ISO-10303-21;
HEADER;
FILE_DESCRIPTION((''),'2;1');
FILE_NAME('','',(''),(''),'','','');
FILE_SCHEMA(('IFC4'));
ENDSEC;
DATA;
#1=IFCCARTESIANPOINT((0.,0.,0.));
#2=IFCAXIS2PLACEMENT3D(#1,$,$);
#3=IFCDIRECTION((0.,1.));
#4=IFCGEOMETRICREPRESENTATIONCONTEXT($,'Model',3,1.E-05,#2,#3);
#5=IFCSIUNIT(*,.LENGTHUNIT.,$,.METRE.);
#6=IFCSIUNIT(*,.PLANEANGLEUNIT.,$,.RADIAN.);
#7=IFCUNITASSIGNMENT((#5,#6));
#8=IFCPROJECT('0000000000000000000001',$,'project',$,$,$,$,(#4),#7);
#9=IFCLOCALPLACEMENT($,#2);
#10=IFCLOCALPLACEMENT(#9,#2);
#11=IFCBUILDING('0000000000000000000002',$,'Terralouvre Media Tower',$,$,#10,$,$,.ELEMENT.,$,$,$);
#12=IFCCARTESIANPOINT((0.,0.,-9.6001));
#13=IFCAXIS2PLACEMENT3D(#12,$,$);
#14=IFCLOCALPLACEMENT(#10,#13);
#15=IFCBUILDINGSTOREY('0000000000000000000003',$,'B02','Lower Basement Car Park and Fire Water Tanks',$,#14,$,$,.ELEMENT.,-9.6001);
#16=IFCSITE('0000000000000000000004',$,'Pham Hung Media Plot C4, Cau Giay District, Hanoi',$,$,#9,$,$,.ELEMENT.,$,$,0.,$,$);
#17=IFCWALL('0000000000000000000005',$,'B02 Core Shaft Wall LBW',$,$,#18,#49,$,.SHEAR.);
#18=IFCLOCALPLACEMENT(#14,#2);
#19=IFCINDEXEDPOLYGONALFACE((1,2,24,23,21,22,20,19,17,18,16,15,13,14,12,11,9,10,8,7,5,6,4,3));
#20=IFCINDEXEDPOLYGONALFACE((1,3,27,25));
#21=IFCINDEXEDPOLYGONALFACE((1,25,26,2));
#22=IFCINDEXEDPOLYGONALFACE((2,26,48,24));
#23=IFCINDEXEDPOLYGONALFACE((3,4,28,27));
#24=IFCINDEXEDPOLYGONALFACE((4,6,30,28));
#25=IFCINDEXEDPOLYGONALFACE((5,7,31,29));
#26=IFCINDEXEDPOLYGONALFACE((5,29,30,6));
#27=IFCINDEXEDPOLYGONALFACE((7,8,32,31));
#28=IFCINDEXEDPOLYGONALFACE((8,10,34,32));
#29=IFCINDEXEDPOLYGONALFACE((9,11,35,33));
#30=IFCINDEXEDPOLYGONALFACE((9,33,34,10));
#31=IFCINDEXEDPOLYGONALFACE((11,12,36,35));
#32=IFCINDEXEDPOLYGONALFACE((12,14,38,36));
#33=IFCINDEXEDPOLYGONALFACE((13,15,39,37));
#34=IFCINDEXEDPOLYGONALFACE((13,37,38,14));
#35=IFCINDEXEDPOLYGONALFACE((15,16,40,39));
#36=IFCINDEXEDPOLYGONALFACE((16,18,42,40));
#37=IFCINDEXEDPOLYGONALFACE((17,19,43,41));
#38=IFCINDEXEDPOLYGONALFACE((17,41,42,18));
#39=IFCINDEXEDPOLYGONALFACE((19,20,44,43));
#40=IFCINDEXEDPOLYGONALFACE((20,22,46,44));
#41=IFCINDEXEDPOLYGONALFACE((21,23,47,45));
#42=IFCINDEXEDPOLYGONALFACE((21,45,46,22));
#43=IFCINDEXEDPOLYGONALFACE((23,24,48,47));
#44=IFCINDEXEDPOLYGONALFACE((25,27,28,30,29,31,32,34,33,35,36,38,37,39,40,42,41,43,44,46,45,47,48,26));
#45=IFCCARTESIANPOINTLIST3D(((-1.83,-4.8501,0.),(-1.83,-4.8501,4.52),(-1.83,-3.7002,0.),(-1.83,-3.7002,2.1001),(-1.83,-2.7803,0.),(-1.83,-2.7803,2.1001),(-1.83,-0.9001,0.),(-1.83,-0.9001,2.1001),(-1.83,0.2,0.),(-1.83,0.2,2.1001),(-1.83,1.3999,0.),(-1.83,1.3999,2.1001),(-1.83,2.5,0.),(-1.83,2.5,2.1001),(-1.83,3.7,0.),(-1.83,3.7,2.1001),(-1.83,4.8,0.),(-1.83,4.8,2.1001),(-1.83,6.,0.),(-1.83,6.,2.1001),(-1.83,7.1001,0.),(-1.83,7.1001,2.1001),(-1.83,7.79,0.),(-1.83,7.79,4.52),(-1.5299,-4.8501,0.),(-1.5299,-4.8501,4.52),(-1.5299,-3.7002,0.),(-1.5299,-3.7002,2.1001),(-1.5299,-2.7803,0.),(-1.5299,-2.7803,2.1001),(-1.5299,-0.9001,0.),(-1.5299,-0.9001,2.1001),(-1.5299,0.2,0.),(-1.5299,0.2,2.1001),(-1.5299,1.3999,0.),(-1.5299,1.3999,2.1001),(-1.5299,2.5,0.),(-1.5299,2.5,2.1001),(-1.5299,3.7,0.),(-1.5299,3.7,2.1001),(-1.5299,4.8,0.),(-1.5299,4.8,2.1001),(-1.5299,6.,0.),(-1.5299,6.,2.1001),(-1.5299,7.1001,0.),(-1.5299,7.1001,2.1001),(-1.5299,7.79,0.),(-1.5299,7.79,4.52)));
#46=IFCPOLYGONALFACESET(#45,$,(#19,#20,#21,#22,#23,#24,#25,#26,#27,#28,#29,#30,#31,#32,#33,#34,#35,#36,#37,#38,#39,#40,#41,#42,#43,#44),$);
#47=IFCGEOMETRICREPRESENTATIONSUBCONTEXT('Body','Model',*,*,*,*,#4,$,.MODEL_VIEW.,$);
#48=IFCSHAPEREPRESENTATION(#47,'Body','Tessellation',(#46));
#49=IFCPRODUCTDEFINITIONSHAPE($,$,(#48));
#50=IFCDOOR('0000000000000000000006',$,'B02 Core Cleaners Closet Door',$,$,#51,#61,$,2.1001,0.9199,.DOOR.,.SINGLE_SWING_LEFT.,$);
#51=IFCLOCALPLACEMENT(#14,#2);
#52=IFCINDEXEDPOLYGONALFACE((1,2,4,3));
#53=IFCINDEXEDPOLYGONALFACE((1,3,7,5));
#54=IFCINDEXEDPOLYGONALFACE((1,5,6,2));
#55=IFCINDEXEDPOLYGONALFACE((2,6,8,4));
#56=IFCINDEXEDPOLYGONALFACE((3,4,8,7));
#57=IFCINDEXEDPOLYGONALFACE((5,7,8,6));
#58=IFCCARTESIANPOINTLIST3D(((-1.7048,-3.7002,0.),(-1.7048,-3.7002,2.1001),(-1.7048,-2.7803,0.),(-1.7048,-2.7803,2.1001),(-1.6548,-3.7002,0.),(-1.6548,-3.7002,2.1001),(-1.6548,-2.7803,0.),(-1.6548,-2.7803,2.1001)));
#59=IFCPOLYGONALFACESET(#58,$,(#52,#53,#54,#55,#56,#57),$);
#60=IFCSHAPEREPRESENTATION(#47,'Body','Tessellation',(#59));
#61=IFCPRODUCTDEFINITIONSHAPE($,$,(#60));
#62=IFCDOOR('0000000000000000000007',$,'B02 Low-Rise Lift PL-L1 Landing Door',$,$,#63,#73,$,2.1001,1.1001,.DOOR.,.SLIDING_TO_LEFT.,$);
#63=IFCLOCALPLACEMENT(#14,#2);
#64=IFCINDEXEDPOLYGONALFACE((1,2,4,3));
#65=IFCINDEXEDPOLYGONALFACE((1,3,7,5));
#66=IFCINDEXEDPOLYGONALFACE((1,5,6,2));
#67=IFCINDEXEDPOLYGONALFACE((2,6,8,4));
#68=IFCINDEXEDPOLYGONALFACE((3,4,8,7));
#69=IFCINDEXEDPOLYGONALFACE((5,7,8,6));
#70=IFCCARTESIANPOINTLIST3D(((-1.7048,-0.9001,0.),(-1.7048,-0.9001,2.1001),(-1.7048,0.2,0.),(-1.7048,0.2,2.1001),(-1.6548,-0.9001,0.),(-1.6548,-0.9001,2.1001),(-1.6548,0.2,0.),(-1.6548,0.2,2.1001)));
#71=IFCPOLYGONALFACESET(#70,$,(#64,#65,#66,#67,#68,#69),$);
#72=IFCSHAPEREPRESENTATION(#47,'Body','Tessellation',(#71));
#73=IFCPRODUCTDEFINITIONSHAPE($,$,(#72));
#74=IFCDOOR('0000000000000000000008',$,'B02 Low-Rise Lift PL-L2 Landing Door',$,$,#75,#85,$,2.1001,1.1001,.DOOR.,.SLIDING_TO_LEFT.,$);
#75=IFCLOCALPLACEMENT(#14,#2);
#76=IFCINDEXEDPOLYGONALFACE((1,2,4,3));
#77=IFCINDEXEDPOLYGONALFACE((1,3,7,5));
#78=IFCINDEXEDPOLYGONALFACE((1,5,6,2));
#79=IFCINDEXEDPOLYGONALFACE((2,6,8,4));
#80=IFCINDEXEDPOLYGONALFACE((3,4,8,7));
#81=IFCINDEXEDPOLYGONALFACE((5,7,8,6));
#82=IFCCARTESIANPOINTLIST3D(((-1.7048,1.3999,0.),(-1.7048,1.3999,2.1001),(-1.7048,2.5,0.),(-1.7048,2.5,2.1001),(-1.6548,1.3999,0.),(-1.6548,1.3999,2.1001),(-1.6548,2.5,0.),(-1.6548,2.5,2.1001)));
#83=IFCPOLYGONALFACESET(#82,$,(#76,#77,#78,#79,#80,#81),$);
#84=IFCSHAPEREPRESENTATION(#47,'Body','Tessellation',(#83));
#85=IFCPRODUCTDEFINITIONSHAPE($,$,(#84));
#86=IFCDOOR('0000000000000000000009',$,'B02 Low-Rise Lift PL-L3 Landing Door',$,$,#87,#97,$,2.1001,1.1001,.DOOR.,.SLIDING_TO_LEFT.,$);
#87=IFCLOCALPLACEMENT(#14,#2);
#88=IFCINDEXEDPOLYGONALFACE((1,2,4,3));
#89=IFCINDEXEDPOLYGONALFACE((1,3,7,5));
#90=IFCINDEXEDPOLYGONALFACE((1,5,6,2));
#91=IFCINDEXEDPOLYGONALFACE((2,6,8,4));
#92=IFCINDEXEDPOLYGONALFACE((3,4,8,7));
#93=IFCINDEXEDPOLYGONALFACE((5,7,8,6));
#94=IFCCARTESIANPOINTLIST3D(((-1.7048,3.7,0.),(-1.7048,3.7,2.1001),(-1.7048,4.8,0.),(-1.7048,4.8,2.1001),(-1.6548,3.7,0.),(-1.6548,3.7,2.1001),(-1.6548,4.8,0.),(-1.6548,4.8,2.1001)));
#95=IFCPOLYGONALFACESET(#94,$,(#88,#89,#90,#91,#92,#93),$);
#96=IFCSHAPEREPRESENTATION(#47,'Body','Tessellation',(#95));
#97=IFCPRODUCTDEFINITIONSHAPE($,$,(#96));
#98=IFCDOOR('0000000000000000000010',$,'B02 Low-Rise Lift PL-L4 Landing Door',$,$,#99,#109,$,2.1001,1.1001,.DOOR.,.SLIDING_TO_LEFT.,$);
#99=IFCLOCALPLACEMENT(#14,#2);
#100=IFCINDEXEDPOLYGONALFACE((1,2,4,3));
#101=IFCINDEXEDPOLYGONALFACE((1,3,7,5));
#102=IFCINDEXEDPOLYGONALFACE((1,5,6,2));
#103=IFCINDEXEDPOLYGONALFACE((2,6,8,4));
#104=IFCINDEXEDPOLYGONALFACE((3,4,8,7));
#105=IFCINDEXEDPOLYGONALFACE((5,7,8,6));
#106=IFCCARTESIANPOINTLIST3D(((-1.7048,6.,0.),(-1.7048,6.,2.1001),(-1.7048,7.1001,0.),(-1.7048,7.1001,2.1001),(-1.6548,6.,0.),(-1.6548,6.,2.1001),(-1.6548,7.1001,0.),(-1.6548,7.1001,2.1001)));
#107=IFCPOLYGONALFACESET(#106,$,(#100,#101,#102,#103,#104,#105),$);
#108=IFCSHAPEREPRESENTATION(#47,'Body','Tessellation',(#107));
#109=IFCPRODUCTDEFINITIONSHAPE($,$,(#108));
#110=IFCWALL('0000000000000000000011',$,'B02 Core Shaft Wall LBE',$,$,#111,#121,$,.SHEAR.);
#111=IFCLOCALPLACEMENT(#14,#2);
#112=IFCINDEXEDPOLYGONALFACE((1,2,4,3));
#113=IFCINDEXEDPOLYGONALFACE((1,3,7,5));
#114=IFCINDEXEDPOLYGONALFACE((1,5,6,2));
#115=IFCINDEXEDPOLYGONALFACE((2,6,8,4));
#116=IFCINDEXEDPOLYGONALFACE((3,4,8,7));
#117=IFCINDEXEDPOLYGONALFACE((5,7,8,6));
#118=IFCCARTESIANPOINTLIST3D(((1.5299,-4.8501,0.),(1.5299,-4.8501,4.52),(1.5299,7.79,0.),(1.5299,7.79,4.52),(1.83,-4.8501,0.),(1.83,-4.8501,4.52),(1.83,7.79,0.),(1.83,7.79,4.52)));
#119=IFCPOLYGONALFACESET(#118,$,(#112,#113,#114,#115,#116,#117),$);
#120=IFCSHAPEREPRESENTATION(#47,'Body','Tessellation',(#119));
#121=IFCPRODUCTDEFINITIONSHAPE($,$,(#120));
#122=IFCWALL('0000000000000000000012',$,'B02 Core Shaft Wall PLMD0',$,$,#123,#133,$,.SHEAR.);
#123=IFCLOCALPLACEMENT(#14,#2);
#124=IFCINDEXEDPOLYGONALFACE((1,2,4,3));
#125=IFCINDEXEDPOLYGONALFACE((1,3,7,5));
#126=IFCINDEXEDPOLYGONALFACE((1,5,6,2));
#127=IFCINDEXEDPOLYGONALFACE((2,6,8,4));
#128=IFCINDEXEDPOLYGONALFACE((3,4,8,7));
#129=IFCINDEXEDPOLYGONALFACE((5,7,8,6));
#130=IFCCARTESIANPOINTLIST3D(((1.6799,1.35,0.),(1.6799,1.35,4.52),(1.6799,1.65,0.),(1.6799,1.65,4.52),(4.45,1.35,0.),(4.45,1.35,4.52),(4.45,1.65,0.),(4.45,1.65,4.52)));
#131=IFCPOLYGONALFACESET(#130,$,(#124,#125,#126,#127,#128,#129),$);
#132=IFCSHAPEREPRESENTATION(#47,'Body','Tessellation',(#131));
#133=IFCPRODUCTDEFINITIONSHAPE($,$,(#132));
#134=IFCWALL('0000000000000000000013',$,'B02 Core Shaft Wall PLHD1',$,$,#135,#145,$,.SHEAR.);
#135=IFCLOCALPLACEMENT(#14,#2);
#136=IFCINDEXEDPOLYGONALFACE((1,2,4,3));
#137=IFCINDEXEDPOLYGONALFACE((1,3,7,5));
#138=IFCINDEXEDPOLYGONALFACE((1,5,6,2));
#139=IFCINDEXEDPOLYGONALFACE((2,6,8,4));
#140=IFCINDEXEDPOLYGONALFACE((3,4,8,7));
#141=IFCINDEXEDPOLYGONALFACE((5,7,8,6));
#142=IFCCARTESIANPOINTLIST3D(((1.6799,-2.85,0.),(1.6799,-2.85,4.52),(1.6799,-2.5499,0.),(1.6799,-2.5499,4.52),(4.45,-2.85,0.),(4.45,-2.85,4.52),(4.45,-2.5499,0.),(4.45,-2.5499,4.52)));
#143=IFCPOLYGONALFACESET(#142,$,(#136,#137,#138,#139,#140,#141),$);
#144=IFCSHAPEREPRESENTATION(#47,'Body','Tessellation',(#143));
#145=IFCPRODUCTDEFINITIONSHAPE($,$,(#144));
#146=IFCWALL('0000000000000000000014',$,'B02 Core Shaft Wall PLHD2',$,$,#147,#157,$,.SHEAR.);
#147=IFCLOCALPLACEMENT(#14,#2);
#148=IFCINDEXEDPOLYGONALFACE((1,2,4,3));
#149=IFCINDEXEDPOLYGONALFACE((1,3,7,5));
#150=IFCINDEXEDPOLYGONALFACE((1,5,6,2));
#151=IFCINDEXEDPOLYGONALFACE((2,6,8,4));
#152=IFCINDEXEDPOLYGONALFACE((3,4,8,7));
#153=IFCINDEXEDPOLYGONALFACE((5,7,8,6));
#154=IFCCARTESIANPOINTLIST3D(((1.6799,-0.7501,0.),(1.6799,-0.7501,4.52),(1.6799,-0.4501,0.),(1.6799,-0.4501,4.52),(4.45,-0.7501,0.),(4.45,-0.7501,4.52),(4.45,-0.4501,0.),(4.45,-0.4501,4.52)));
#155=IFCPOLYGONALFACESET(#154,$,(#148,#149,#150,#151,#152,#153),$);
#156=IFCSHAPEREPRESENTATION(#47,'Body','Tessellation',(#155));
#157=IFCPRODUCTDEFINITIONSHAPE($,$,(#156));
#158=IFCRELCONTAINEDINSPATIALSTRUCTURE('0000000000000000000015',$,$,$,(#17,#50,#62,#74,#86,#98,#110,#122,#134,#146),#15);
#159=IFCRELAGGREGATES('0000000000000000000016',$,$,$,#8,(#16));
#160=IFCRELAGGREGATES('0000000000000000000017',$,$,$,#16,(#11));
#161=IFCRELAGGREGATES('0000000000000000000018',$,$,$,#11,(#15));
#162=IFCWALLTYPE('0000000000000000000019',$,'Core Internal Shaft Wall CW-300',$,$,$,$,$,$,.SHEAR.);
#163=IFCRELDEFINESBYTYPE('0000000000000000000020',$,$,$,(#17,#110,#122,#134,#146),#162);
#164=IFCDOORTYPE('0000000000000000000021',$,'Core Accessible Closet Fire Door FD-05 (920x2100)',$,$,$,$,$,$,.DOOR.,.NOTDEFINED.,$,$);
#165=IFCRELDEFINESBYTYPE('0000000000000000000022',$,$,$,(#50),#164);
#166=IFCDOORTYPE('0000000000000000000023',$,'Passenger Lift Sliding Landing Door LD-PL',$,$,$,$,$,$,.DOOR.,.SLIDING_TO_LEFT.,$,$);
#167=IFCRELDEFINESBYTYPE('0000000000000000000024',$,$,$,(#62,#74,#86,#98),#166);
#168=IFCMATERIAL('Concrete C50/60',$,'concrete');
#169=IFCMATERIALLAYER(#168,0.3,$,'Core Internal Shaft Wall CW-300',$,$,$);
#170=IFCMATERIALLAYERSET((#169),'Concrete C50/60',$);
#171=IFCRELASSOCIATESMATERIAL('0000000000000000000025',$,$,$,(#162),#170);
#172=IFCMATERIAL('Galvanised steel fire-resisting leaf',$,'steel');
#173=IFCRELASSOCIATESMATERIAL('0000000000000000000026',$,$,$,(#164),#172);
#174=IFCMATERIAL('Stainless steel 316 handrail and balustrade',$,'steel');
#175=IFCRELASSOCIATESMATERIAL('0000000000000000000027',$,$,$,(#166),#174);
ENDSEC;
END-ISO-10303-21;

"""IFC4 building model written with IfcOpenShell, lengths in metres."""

from ifc_helpers import new_model, si_unit, direction, frame, frame_2d, origin, place, context, subcontext, project, spatial, rectangle, extrude, material, layer, layer_set, type_object, element, fill, save


model = new_model("IFC4")

# Units and contexts
model_context = context("Model", 3, precision=1e-05, world=origin(), true_north=direction((0.0, 1.0)))
body_context = subcontext(model_context, "Body", "Model", "MODEL_VIEW")
ifc_project = project(units=[si_unit("LENGTHUNIT", "METRE"), si_unit("PLANEANGLEUNIT", "RADIAN")], contexts=[model_context])

# Site, building, storey
site_placement = place(None, origin())
site = spatial("IfcSite", under=ifc_project, at=site_placement, Name="Pham Hung Media Plot C4, Cau Giay District, Hanoi", CompositionType="ELEMENT", RefElevation=0.0)
building_placement = place(site_placement, origin())
building = spatial("IfcBuilding", under=site, at=building_placement, Name="Terralouvre Media Tower", CompositionType="ELEMENT")
storey_placement = place(building_placement, frame((0.0, 0.0, -9.6001)))
storey = spatial("IfcBuildingStorey", under=building, at=storey_placement, Name="B02", Description="Lower Basement Car Park and Fire Water Tanks", CompositionType="ELEMENT", Elevation=-9.6001)

# Shared definitions
ifc_material_1 = material(Name="Concrete C50/60", Category="concrete")
ifc_layer_1 = layer(ifc_material_1, 0.3, Name="Core Internal Shaft Wall CW-300")
ifc_layer_set_1 = layer_set([ifc_layer_1], Name="Concrete C50/60")
wall_type = type_object("IfcWallType", Name="Core Internal Shaft Wall CW-300", PredefinedType="SHEAR", material=ifc_layer_set_1)

# Wall, openings, doors
wall_1_placement = place(storey_placement, frame((-1.6799, -4.8501, 0.0), z_axis=(0.0, 0.0, 1.0), x_axis=(0.0, 1.0, 0.0)))
wall_1 = element("IfcWall", 1, at=wall_1_placement, inside=storey, type_object=wall_type, Name="B02 Core Shaft Wall LBW", PredefinedType="SHEAR", context=body_context, shape_type="SweptSolid", body=[
    extrude(rectangle(XDim=12.6401, YDim=0.3, at=frame_2d((6.3201, 0.0))), origin(), (0.0, 0.0, 1.0), 4.52),
])
opening_1_placement = place(wall_1_placement, frame((3.95, 0.0, 0.0)))
opening_1 = element("IfcOpeningElement", 2, at=opening_1_placement, cuts=wall_1, PredefinedType="OPENING", context=body_context, shape_type="SweptSolid", body=[
    extrude(rectangle(XDim=1.1001, YDim=2.1001, at=frame_2d((0.55, 1.05))), frame((0.0, 0.1599, 0.0), z_axis=(0.0, -1.0, 0.0), x_axis=(1.0, 0.0, 0.0)), (0.0, 0.0, 1.0), 0.3201),
])
opening_2_placement = place(wall_1_placement, frame((6.25, 0.0, 0.0)))
opening_2 = element("IfcOpeningElement", 3, at=opening_2_placement, cuts=wall_1, PredefinedType="OPENING", context=body_context, shape_type="SweptSolid", body=[
    extrude(rectangle(XDim=1.1001, YDim=2.1001, at=frame_2d((0.55, 1.05))), frame((0.0, 0.1599, 0.0), z_axis=(0.0, -1.0, 0.0), x_axis=(1.0, 0.0, 0.0)), (0.0, 0.0, 1.0), 0.3201),
])
opening_3_placement = place(wall_1_placement, frame((8.55, 0.0, 0.0)))
opening_3 = element("IfcOpeningElement", 4, at=opening_3_placement, cuts=wall_1, PredefinedType="OPENING", context=body_context, shape_type="SweptSolid", body=[
    extrude(rectangle(XDim=1.1001, YDim=2.1001, at=frame_2d((0.55, 1.05))), frame((0.0, 0.1599, 0.0), z_axis=(0.0, -1.0, 0.0), x_axis=(1.0, 0.0, 0.0)), (0.0, 0.0, 1.0), 0.3201),
])
opening_4_placement = place(wall_1_placement, frame((10.8501, 0.0, 0.0)))
opening_4 = element("IfcOpeningElement", 5, at=opening_4_placement, cuts=wall_1, PredefinedType="OPENING", context=body_context, shape_type="SweptSolid", body=[
    extrude(rectangle(XDim=1.1001, YDim=2.1001, at=frame_2d((0.55, 1.05))), frame((0.0, 0.1599, 0.0), z_axis=(0.0, -1.0, 0.0), x_axis=(1.0, 0.0, 0.0)), (0.0, 0.0, 1.0), 0.3201),
])
opening_5_placement = place(wall_1_placement, frame((1.1499, 0.0, 0.0)))
opening_5 = element("IfcOpeningElement", 6, at=opening_5_placement, cuts=wall_1, PredefinedType="OPENING", context=body_context, shape_type="SweptSolid", body=[
    extrude(rectangle(XDim=0.9199, YDim=2.1001, at=frame_2d((0.46, 1.05))), frame((0.0, 0.1599, 0.0), z_axis=(0.0, -1.0, 0.0), x_axis=(1.0, 0.0, 0.0)), (0.0, 0.0, 1.0), 0.3201),
])
ifc_material_2 = material(Name="Galvanised steel fire-resisting leaf", Category="steel")
door_type_1 = type_object("IfcDoorType", Name="Core Accessible Closet Fire Door FD-05 (920x2100)", OperationType="NOTDEFINED", PredefinedType="DOOR", material=ifc_material_2)
door_1_placement = place(opening_5_placement, origin())
door_1 = element("IfcDoor", 7, at=door_1_placement, inside=storey, type_object=door_type_1, Name="B02 Core Cleaners Closet Door", OperationType="SINGLE_SWING_LEFT", OverallHeight=2.1001, OverallWidth=0.9199, PredefinedType="DOOR", context=body_context, shape_type="SweptSolid", body=[
    extrude(rectangle(XDim=0.9199, YDim=2.1001, at=frame_2d((0.46, 1.05))), frame((0.0, 0.0249, 0.0), z_axis=(0.0, -1.0, 0.0), x_axis=(1.0, 0.0, 0.0)), (0.0, 0.0, 1.0), 0.05),
])
fill(opening_5, door_1)
ifc_material_3 = material(Name="Stainless steel 316 handrail and balustrade", Category="steel")
door_type_2 = type_object("IfcDoorType", Name="Passenger Lift Sliding Landing Door LD-PL", OperationType="SLIDING_TO_LEFT", PredefinedType="DOOR", material=ifc_material_3)
door_2_placement = place(opening_1_placement, origin())
door_2 = element("IfcDoor", 8, at=door_2_placement, inside=storey, type_object=door_type_2, Name="B02 Low-Rise Lift PL-L1 Landing Door", OperationType="SLIDING_TO_LEFT", OverallHeight=2.1001, OverallWidth=1.1001, PredefinedType="DOOR", context=body_context, shape_type="SweptSolid", body=[
    extrude(rectangle(XDim=1.1001, YDim=2.1001, at=frame_2d((0.55, 1.05))), frame((0.0, 0.0249, 0.0), z_axis=(0.0, -1.0, 0.0), x_axis=(1.0, 0.0, 0.0)), (0.0, 0.0, 1.0), 0.05),
])
fill(opening_1, door_2)
door_3_placement = place(opening_2_placement, origin())
door_3 = element("IfcDoor", 9, at=door_3_placement, inside=storey, type_object=door_type_2, Name="B02 Low-Rise Lift PL-L2 Landing Door", OperationType="SLIDING_TO_LEFT", OverallHeight=2.1001, OverallWidth=1.1001, PredefinedType="DOOR", context=body_context, shape_type="SweptSolid", body=[
    extrude(rectangle(XDim=1.1001, YDim=2.1001, at=frame_2d((0.55, 1.05))), frame((0.0, 0.0249, 0.0), z_axis=(0.0, -1.0, 0.0), x_axis=(1.0, 0.0, 0.0)), (0.0, 0.0, 1.0), 0.05),
])
fill(opening_2, door_3)
door_4_placement = place(opening_3_placement, origin())
door_4 = element("IfcDoor", 10, at=door_4_placement, inside=storey, type_object=door_type_2, Name="B02 Low-Rise Lift PL-L3 Landing Door", OperationType="SLIDING_TO_LEFT", OverallHeight=2.1001, OverallWidth=1.1001, PredefinedType="DOOR", context=body_context, shape_type="SweptSolid", body=[
    extrude(rectangle(XDim=1.1001, YDim=2.1001, at=frame_2d((0.55, 1.05))), frame((0.0, 0.0249, 0.0), z_axis=(0.0, -1.0, 0.0), x_axis=(1.0, 0.0, 0.0)), (0.0, 0.0, 1.0), 0.05),
])
fill(opening_3, door_4)
door_5_placement = place(opening_4_placement, origin())
door_5 = element("IfcDoor", 11, at=door_5_placement, inside=storey, type_object=door_type_2, Name="B02 Low-Rise Lift PL-L4 Landing Door", OperationType="SLIDING_TO_LEFT", OverallHeight=2.1001, OverallWidth=1.1001, PredefinedType="DOOR", context=body_context, shape_type="SweptSolid", body=[
    extrude(rectangle(XDim=1.1001, YDim=2.1001, at=frame_2d((0.55, 1.05))), frame((0.0, 0.0249, 0.0), z_axis=(0.0, -1.0, 0.0), x_axis=(1.0, 0.0, 0.0)), (0.0, 0.0, 1.0), 0.05),
])
fill(opening_4, door_5)

# Walls
wall_2_placement = place(storey_placement, frame((1.6799, -4.8501, 0.0), z_axis=(0.0, 0.0, 1.0), x_axis=(0.0, 1.0, 0.0)))
element("IfcWall", 12, at=wall_2_placement, inside=storey, type_object=wall_type, Name="B02 Core Shaft Wall LBE", PredefinedType="SHEAR", context=body_context, shape_type="SweptSolid", body=[
    extrude(rectangle(XDim=12.6401, YDim=0.3, at=frame_2d((6.3201, 0.0))), origin(), (0.0, 0.0, 1.0), 4.52),
])
for number, where, z_axis, x_axis, name in (
    (13, (1.6799, 1.5, 0.0), (0.0, 0.0, 1.0), (1.0, 0.0, 0.0), "B02 Core Shaft Wall PLMD0"),
    (14, (1.6799, -2.7, 0.0), (0.0, 0.0, 1.0), (1.0, 0.0, 0.0), "B02 Core Shaft Wall PLHD1"),
    (15, (1.6799, -0.6001, 0.0), (0.0, 0.0, 1.0), (1.0, 0.0, 0.0), "B02 Core Shaft Wall PLHD2"),
):
    element("IfcWall", number, at=place(storey_placement, frame(where, z_axis=z_axis, x_axis=x_axis)), inside=storey, type_object=wall_type, Name=name, PredefinedType="SHEAR", context=body_context, shape_type="SweptSolid", body=[
        extrude(rectangle(XDim=2.77, YDim=0.3, at=frame_2d((1.385, 0.0))), origin(), (0.0, 0.0, 1.0), 4.52),
    ])

save(model, "model.ifc")
